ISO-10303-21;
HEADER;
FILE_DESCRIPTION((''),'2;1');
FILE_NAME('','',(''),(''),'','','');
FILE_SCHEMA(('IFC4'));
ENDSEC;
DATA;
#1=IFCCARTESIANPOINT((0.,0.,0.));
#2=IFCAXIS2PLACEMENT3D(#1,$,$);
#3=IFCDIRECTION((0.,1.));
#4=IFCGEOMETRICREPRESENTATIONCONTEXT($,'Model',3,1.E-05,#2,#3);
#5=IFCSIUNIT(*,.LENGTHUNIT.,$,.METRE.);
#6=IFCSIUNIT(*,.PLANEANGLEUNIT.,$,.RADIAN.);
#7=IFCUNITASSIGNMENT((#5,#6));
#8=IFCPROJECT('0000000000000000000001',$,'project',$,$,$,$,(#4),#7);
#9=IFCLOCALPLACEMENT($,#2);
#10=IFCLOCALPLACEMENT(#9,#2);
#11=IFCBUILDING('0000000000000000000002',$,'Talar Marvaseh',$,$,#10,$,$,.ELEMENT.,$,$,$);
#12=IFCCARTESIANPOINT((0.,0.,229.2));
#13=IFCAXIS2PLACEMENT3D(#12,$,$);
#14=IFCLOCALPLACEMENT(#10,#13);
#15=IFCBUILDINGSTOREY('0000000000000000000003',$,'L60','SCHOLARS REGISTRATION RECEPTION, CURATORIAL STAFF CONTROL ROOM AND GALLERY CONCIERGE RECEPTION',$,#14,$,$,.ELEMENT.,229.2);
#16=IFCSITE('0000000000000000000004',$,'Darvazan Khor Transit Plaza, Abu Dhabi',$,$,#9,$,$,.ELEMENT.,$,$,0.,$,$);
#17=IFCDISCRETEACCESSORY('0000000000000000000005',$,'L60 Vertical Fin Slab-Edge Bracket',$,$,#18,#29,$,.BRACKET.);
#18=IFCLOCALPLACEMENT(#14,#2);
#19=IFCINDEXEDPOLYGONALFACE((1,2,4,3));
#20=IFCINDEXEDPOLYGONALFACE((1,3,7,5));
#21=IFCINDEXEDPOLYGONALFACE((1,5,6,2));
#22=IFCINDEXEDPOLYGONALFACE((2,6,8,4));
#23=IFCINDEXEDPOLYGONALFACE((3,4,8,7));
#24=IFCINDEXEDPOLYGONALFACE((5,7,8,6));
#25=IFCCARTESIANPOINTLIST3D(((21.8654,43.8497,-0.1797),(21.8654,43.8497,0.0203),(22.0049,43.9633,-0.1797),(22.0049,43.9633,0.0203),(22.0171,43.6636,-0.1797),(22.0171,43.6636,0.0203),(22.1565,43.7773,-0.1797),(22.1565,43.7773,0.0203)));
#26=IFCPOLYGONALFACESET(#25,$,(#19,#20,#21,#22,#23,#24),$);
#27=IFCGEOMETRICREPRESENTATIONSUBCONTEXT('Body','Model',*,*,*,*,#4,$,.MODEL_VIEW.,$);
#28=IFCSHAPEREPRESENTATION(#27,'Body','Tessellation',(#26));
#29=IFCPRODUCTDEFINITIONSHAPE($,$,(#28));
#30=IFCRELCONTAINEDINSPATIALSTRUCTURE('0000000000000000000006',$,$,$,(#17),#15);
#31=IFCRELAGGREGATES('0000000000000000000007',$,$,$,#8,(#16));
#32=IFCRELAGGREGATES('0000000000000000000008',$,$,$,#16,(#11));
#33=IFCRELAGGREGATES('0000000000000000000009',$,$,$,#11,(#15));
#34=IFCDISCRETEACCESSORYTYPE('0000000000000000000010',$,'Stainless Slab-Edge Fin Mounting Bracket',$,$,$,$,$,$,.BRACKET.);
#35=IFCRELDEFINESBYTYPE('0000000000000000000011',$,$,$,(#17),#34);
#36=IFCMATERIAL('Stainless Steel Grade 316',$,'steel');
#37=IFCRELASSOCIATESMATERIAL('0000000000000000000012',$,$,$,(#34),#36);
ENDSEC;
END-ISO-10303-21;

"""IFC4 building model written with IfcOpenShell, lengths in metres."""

from ifc_helpers import new_model, si_unit, direction, frame, origin, origin_2d, place, context, subcontext, project, spatial, rectangle, extrude, source, transform, mapped, material, type_object, type_shapes, element, save


model = new_model("IFC4")

# Units and contexts
model_context = context("Model", 3, precision=1e-05, world=origin(), true_north=direction((0.0, 1.0)))
body_context = subcontext(model_context, "Body", "Model", "MODEL_VIEW")
ifc_project = project(units=[si_unit("LENGTHUNIT", "METRE"), si_unit("PLANEANGLEUNIT", "RADIAN")], contexts=[model_context])

# Site, building, storey
site_placement = place(None, origin())
site = spatial("IfcSite", under=ifc_project, at=site_placement, Name="Darvazan Khor Transit Plaza, Abu Dhabi", CompositionType="ELEMENT", RefElevation=0.0)
building_placement = place(site_placement, origin())
building = spatial("IfcBuilding", under=site, at=building_placement, Name="Talar Marvaseh", CompositionType="ELEMENT")
storey_placement = place(building_placement, frame((0.0, 0.0, 229.2)))
storey = spatial("IfcBuildingStorey", under=building, at=storey_placement, Name="L60", Description="SCHOLARS REGISTRATION RECEPTION, CURATORIAL STAFF CONTROL ROOM AND GALLERY CONCIERGE RECEPTION", CompositionType="ELEMENT", Elevation=229.2)

# Discrete accessory
ifc_material_1 = material(Name="Stainless Steel Grade 316", Category="steel")
discrete_accessory_type = type_object("IfcDiscreteAccessoryType", Name="Stainless Slab-Edge Fin Mounting Bracket", PredefinedType="BRACKET", material=ifc_material_1)
shared_shape_1 = source(origin(), body_context, "Body", "SweptSolid", [
    extrude(rectangle(XDim=0.24, YDim=0.1799, at=origin_2d()), origin(), (0.0, 0.0, 1.0), 0.2),
])
type_shapes(discrete_accessory_type, [shared_shape_1])
discrete_accessory_placement = place(storey_placement, frame((22.011, 43.8135, -0.1797), z_axis=(0.0, 0.0, 1.0), x_axis=(-0.631759, 0.775165, 0.0)))
element("IfcDiscreteAccessory", 1, at=discrete_accessory_placement, inside=storey, type_object=discrete_accessory_type, Name="L60 Vertical Fin Slab-Edge Bracket", PredefinedType="BRACKET", context=body_context, shape_type="MappedRepresentation", body=[
    mapped(shared_shape_1, transform((0.0, 0.0, 0.0), x_axis=(1.0, 0.0, 0.0), y_axis=(0.0, 1.0, 0.0), z_axis=(0.0, 0.0, 1.0), scale=1.0)),
])

save(model, "model.ifc")
